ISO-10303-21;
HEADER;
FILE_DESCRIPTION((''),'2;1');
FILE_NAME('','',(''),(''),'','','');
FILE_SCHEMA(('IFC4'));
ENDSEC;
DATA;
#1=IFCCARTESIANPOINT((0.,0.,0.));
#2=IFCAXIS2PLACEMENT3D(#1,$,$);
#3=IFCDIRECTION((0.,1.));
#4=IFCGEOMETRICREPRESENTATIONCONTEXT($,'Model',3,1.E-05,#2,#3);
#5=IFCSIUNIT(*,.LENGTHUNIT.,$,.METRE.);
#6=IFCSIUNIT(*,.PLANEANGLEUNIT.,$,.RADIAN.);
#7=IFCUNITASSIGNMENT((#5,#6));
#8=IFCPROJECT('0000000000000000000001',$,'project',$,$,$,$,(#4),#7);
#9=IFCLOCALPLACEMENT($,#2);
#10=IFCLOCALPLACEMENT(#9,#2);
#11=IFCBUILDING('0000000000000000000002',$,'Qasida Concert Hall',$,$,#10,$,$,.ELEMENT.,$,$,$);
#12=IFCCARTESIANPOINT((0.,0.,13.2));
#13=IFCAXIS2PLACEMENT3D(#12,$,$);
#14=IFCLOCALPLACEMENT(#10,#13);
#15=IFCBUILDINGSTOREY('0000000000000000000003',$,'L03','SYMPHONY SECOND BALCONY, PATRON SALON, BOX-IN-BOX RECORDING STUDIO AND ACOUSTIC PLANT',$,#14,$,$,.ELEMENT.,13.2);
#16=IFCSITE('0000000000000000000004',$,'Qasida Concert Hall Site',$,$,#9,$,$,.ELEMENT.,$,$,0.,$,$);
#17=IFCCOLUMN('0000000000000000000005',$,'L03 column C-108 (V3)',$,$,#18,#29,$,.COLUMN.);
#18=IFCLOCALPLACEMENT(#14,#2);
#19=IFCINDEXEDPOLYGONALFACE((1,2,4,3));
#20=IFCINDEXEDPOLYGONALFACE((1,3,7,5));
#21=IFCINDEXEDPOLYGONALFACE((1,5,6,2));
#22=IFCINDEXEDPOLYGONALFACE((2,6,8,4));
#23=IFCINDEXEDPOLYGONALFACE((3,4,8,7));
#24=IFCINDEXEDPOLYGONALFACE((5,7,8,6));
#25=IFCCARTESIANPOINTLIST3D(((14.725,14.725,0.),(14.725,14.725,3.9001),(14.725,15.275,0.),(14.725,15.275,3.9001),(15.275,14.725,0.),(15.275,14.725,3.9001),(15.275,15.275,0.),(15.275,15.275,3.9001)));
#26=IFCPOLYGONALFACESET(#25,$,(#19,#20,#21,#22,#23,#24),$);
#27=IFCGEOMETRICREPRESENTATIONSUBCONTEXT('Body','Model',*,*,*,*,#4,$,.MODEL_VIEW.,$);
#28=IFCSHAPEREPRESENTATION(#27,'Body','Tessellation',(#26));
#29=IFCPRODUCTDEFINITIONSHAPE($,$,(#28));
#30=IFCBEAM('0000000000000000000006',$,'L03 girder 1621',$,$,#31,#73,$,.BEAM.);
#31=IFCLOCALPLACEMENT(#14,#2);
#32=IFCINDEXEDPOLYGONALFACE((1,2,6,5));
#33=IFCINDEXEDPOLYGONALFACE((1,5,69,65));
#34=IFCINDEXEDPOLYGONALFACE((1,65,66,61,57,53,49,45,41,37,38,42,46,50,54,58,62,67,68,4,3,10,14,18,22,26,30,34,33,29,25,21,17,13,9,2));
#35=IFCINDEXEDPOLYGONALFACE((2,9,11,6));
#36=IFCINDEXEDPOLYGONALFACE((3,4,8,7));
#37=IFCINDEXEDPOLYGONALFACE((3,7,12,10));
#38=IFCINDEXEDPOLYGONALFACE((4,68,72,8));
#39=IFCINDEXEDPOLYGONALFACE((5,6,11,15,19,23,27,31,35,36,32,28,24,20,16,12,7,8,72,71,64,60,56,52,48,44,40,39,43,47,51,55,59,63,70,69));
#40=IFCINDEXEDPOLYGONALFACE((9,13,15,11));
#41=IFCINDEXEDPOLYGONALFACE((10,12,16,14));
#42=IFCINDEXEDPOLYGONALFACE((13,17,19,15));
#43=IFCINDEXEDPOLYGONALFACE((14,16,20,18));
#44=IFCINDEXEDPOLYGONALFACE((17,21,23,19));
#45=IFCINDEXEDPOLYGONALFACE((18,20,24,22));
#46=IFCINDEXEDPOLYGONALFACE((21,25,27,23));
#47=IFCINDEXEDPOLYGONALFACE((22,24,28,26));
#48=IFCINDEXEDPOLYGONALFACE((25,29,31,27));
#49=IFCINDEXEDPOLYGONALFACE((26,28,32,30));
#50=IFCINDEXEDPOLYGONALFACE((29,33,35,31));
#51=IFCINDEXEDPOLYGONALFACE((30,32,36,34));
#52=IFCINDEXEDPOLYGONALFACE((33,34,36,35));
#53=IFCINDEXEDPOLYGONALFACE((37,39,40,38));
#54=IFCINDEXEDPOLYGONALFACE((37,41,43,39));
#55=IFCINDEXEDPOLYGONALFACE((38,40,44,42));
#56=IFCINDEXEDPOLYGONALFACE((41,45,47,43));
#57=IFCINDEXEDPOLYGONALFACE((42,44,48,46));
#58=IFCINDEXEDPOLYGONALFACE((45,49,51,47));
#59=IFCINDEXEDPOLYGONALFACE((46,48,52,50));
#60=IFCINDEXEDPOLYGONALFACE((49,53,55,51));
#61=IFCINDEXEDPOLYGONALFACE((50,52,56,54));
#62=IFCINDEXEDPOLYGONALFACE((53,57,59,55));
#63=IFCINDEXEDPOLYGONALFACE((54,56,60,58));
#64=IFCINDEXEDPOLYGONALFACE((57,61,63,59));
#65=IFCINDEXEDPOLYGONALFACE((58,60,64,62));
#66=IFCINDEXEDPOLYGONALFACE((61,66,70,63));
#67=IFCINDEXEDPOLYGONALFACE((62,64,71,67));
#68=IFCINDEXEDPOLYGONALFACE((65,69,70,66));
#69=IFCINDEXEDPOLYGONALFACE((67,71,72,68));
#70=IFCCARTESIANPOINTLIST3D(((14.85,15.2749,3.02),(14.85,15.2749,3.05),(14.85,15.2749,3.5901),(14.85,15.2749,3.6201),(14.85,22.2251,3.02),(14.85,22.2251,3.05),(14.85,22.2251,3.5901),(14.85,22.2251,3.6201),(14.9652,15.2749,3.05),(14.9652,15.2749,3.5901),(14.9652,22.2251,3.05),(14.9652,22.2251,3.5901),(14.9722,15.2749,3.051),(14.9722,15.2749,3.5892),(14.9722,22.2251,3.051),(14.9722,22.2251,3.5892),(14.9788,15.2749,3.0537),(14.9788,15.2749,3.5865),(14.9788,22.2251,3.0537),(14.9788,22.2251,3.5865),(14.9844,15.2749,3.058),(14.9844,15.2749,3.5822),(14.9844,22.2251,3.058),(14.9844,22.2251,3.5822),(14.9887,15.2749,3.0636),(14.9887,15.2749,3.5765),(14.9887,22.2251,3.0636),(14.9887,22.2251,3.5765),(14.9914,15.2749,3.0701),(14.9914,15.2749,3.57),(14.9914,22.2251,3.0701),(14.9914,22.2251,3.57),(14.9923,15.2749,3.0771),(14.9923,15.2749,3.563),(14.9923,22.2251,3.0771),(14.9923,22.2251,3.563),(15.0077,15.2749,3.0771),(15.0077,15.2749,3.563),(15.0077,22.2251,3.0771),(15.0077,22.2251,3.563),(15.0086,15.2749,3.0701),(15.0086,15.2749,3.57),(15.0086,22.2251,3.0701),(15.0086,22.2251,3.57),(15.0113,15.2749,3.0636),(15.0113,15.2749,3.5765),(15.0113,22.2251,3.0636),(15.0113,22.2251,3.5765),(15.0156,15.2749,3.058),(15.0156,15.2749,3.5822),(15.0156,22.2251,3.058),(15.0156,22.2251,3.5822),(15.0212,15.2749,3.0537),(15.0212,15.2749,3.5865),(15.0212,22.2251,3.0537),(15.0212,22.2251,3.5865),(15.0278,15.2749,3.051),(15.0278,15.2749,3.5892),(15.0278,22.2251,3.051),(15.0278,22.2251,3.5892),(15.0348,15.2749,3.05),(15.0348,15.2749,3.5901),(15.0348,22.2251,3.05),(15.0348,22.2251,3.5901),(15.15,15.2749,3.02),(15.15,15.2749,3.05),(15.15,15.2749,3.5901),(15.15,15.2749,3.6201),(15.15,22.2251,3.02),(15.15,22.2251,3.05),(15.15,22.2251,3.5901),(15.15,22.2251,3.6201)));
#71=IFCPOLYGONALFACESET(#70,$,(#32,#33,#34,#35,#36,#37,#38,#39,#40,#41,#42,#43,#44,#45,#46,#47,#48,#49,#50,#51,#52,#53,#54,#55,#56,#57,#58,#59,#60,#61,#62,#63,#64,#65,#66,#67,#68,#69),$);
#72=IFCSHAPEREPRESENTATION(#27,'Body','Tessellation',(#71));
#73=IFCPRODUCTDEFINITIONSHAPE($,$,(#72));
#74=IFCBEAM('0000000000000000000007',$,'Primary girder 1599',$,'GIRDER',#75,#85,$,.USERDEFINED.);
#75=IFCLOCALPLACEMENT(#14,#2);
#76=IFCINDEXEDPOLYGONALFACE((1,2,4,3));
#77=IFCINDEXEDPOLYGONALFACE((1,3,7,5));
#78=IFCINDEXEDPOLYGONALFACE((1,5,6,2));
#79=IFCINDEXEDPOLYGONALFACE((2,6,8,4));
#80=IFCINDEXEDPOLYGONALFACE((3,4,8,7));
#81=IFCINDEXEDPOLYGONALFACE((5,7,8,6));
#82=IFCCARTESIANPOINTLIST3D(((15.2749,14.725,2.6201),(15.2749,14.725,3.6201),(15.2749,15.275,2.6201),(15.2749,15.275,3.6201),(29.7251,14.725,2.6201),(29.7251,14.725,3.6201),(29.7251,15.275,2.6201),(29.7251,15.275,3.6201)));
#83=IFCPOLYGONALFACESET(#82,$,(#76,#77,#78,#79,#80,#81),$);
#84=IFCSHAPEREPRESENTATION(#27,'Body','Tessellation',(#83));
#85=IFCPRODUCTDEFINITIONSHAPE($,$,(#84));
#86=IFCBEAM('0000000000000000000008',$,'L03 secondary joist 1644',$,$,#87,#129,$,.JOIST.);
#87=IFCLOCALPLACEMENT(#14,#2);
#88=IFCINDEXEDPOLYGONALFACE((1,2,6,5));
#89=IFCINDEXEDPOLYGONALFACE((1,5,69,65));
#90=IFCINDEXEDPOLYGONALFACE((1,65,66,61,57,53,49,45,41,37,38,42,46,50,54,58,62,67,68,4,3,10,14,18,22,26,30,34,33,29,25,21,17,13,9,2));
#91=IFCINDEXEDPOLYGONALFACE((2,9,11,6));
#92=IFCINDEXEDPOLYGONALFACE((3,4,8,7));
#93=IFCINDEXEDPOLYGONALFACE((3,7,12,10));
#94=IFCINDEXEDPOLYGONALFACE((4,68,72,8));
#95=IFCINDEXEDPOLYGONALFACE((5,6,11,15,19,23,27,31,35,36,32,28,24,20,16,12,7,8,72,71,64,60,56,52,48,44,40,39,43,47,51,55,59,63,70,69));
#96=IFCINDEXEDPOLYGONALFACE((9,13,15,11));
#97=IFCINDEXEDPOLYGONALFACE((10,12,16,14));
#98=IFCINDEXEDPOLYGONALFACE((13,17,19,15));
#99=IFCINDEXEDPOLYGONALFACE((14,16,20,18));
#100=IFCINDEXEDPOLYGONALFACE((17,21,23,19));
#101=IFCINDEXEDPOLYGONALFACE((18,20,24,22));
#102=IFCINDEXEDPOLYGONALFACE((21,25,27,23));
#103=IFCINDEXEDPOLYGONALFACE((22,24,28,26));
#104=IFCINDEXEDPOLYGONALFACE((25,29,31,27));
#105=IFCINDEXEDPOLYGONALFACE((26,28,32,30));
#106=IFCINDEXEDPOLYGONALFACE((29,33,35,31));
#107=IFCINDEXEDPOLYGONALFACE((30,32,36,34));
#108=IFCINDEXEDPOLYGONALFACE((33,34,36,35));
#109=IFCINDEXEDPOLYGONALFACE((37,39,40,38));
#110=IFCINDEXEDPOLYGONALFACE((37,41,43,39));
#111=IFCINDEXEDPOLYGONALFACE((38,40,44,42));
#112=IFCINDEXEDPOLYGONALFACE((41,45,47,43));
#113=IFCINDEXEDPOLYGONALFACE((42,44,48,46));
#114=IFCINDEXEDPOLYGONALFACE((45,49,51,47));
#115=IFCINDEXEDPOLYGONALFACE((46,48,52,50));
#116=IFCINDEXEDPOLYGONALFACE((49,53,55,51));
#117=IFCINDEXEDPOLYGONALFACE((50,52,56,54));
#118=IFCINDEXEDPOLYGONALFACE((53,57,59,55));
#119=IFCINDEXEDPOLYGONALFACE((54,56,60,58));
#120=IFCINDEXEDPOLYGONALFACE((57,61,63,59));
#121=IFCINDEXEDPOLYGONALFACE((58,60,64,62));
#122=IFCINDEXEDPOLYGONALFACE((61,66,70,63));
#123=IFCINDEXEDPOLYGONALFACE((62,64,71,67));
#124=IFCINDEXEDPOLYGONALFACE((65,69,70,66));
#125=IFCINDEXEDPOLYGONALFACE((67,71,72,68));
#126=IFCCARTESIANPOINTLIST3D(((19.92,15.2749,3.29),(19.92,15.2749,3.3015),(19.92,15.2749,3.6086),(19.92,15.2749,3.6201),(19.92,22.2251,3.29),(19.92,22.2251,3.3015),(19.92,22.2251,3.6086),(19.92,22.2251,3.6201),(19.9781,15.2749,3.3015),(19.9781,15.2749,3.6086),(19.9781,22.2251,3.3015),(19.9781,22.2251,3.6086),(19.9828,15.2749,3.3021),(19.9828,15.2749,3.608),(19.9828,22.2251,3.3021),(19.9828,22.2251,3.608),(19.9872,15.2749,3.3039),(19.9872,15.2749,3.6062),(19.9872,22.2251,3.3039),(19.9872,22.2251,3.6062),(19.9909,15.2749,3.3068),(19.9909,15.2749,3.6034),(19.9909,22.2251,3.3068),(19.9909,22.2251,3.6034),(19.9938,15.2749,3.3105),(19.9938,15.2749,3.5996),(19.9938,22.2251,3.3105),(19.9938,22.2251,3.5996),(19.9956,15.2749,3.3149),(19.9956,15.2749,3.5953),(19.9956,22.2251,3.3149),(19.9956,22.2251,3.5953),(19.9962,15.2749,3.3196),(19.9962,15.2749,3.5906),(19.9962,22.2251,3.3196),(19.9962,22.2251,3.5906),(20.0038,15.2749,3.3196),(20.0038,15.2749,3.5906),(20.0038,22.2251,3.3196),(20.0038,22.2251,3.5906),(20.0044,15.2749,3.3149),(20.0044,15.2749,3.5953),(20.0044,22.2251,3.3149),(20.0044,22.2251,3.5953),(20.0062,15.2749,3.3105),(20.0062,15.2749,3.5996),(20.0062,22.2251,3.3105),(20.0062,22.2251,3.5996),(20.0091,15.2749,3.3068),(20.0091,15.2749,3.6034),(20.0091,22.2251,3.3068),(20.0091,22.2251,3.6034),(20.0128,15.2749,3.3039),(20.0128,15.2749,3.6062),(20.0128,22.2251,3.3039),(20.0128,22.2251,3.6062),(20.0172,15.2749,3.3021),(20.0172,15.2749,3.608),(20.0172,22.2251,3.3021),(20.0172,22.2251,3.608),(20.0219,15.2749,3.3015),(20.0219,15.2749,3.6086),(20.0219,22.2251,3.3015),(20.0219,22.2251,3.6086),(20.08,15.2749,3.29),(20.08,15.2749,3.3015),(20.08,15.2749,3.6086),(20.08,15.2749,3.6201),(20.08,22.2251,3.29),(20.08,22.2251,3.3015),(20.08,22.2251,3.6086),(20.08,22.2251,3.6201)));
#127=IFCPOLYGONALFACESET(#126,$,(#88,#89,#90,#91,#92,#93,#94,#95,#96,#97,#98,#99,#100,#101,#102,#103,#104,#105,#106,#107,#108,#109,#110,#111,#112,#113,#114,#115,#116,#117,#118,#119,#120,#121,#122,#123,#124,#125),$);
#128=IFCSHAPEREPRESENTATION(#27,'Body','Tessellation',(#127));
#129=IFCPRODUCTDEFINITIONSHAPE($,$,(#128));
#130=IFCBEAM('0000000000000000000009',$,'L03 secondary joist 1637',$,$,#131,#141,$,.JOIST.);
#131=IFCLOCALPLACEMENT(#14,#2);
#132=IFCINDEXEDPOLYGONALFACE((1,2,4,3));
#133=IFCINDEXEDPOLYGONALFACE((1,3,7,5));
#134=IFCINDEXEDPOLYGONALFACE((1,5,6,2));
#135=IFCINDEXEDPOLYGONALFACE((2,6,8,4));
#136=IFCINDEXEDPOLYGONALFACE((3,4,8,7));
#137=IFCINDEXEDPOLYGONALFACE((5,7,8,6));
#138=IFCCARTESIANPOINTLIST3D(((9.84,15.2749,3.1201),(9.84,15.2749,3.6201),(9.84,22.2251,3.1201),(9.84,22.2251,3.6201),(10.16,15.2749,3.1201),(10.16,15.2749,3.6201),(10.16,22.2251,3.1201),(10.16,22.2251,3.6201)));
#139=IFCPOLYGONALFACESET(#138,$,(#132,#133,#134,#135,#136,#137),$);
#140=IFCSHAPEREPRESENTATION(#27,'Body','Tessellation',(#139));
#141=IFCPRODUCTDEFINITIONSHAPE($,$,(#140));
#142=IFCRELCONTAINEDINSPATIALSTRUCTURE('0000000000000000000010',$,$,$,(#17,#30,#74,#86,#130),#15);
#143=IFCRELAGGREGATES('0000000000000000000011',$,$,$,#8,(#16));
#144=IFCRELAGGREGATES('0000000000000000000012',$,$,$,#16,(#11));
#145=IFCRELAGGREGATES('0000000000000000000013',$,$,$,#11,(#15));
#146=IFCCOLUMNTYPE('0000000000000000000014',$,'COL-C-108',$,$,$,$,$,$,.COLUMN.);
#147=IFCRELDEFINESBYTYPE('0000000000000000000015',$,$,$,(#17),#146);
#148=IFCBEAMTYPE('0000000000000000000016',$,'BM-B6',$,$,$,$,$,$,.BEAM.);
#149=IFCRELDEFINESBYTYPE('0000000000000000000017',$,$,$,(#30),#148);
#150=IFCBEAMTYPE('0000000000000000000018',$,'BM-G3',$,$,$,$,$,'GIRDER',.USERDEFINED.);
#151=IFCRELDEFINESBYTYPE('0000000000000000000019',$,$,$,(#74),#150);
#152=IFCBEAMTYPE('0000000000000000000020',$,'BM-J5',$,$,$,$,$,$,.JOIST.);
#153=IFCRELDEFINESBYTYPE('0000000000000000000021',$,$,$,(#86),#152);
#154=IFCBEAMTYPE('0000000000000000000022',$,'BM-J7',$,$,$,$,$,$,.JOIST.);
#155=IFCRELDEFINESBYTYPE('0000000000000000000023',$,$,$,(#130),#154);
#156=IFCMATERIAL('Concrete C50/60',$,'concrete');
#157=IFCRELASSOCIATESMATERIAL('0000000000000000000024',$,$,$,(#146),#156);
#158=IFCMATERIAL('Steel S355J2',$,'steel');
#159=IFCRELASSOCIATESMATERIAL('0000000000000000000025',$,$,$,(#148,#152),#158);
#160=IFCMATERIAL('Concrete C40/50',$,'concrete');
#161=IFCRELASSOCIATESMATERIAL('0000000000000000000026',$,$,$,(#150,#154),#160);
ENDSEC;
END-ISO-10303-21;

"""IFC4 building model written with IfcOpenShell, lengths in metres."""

from ifc_helpers import new_model, si_unit, direction, frame, origin, origin_2d, place, context, subcontext, project, spatial, rectangle, i_section, extrude, material, material_profile, profile_set, type_object, element, save


model = new_model("IFC4")

# Units and contexts
model_context = context("Model", 3, precision=1e-05, world=origin(), true_north=direction((0.0, 1.0)))
body_context = subcontext(model_context, "Body", "Model", "MODEL_VIEW")
ifc_project = project(units=[si_unit("LENGTHUNIT", "METRE"), si_unit("PLANEANGLEUNIT", "RADIAN")], contexts=[model_context])

# Site, building, storey
site_placement = place(None, origin())
site = spatial("IfcSite", under=ifc_project, at=site_placement, Name="Qasida Concert Hall Site", CompositionType="ELEMENT", RefElevation=0.0)
building_placement = place(site_placement, origin())
building = spatial("IfcBuilding", under=site, at=building_placement, Name="Qasida Concert Hall", CompositionType="ELEMENT")
storey_placement = place(building_placement, frame((0.0, 0.0, 13.2)))
storey = spatial("IfcBuildingStorey", under=building, at=storey_placement, Name="L03", Description="SYMPHONY SECOND BALCONY, PATRON SALON, BOX-IN-BOX RECORDING STUDIO AND ACOUSTIC PLANT", CompositionType="ELEMENT", Elevation=13.2)

# Column
ifc_material_1 = material(Name="Concrete C50/60", Category="concrete")
ifc_material_profile_1 = material_profile(ifc_material_1, rectangle(XDim=0.55, YDim=0.55, at=origin_2d()), Name="RC 550x550")
ifc_profile_set_1 = profile_set([ifc_material_profile_1], Name="Concrete C50/60")
column_type = type_object("IfcColumnType", Name="COL-C-108", PredefinedType="COLUMN", material=ifc_profile_set_1)
column_placement = place(storey_placement, frame((15.0, 15.0, 0.0), z_axis=(0.0, 0.0, 1.0), x_axis=(1.0, 0.0, 0.0)))
element("IfcColumn", 1, at=column_placement, inside=storey, type_object=column_type, Name="L03 column C-108 (V3)", PredefinedType="COLUMN", context=body_context, shape_type="SweptSolid", body=[
    extrude(rectangle(XDim=0.55, YDim=0.55, at=origin_2d()), origin(), (0.0, 0.0, 1.0), 3.9001),
])

# Beams
ifc_material_2 = material(Name="Steel S355J2", Category="steel")
ifc_material_profile_2 = material_profile(ifc_material_2, i_section(OverallWidth=0.3, OverallDepth=0.6001, WebThickness=0.0154, FlangeThickness=0.03, FilletRadius=0.0271, at=origin_2d()), Name="HEB 600")
ifc_profile_set_2 = profile_set([ifc_material_profile_2], Name="Steel S355J2")
beam_type_1 = type_object("IfcBeamType", Name="BM-B6", PredefinedType="BEAM", material=ifc_profile_set_2)
beam_1_placement = place(storey_placement, frame((15.0, 15.2749, 3.3201), z_axis=(0.0, 1.0, 0.0), x_axis=(-1.0, 0.0, 0.0)))
element("IfcBeam", 2, at=beam_1_placement, inside=storey, type_object=beam_type_1, Name="L03 girder 1621", PredefinedType="BEAM", context=body_context, shape_type="SweptSolid", body=[
    extrude(i_section(OverallWidth=0.3, OverallDepth=0.6001, WebThickness=0.0154, FlangeThickness=0.03, FilletRadius=0.0271, at=origin_2d()), origin(), (0.0, 0.0, 1.0), 6.9502),
])
ifc_material_3 = material(Name="Concrete C40/50", Category="concrete")
ifc_material_profile_3 = material_profile(ifc_material_3, rectangle(XDim=0.55, YDim=1.0, at=origin_2d()), Name="RC 550x1000")
ifc_profile_set_3 = profile_set([ifc_material_profile_3], Name="Concrete C40/50")
beam_type_2 = type_object("IfcBeamType", Name="BM-G3", ElementType="GIRDER", PredefinedType="USERDEFINED", material=ifc_profile_set_3)
beam_2_placement = place(storey_placement, frame((15.2749, 15.0, 3.1201), z_axis=(1.0, 0.0, 0.0), x_axis=(0.0, 1.0, 0.0)))
element("IfcBeam", 3, at=beam_2_placement, inside=storey, type_object=beam_type_2, Name="Primary girder 1599", ObjectType="GIRDER", PredefinedType="USERDEFINED", context=body_context, shape_type="SweptSolid", body=[
    extrude(rectangle(XDim=0.55, YDim=1.0, at=origin_2d()), origin(), (0.0, 0.0, 1.0), 14.4502),
])
ifc_material_profile_4 = material_profile(ifc_material_2, i_section(OverallWidth=0.1599, OverallDepth=0.3301, WebThickness=0.0076, FlangeThickness=0.0115, FilletRadius=0.0181, at=origin_2d()), Name="IPE 330")
ifc_profile_set_4 = profile_set([ifc_material_profile_4], Name="Steel S355J2")
beam_type_3 = type_object("IfcBeamType", Name="BM-J5", PredefinedType="JOIST", material=ifc_profile_set_4)
beam_3_placement = place(storey_placement, frame((20.0, 15.2749, 3.4551), z_axis=(0.0, 1.0, 0.0), x_axis=(-1.0, 0.0, 0.0)))
element("IfcBeam", 4, at=beam_3_placement, inside=storey, type_object=beam_type_3, Name="L03 secondary joist 1644", PredefinedType="JOIST", context=body_context, shape_type="SweptSolid", body=[
    extrude(i_section(OverallWidth=0.1599, OverallDepth=0.3301, WebThickness=0.0076, FlangeThickness=0.0115, FilletRadius=0.0181, at=origin_2d()), origin(), (0.0, 0.0, 1.0), 6.9502),
])
ifc_material_profile_5 = material_profile(ifc_material_3, rectangle(XDim=0.3201, YDim=0.5, at=origin_2d()), Name="RC 320x500")
ifc_profile_set_5 = profile_set([ifc_material_profile_5], Name="Concrete C40/50")
beam_type_4 = type_object("IfcBeamType", Name="BM-J7", PredefinedType="JOIST", material=ifc_profile_set_5)
beam_4_placement = place(storey_placement, frame((10.0, 15.2749, 3.3701), z_axis=(0.0, 1.0, 0.0), x_axis=(-1.0, 0.0, 0.0)))
element("IfcBeam", 5, at=beam_4_placement, inside=storey, type_object=beam_type_4, Name="L03 secondary joist 1637", PredefinedType="JOIST", context=body_context, shape_type="SweptSolid", body=[
    extrude(rectangle(XDim=0.3201, YDim=0.5, at=origin_2d()), origin(), (0.0, 0.0, 1.0), 6.9502),
])

save(model, "model.ifc")
